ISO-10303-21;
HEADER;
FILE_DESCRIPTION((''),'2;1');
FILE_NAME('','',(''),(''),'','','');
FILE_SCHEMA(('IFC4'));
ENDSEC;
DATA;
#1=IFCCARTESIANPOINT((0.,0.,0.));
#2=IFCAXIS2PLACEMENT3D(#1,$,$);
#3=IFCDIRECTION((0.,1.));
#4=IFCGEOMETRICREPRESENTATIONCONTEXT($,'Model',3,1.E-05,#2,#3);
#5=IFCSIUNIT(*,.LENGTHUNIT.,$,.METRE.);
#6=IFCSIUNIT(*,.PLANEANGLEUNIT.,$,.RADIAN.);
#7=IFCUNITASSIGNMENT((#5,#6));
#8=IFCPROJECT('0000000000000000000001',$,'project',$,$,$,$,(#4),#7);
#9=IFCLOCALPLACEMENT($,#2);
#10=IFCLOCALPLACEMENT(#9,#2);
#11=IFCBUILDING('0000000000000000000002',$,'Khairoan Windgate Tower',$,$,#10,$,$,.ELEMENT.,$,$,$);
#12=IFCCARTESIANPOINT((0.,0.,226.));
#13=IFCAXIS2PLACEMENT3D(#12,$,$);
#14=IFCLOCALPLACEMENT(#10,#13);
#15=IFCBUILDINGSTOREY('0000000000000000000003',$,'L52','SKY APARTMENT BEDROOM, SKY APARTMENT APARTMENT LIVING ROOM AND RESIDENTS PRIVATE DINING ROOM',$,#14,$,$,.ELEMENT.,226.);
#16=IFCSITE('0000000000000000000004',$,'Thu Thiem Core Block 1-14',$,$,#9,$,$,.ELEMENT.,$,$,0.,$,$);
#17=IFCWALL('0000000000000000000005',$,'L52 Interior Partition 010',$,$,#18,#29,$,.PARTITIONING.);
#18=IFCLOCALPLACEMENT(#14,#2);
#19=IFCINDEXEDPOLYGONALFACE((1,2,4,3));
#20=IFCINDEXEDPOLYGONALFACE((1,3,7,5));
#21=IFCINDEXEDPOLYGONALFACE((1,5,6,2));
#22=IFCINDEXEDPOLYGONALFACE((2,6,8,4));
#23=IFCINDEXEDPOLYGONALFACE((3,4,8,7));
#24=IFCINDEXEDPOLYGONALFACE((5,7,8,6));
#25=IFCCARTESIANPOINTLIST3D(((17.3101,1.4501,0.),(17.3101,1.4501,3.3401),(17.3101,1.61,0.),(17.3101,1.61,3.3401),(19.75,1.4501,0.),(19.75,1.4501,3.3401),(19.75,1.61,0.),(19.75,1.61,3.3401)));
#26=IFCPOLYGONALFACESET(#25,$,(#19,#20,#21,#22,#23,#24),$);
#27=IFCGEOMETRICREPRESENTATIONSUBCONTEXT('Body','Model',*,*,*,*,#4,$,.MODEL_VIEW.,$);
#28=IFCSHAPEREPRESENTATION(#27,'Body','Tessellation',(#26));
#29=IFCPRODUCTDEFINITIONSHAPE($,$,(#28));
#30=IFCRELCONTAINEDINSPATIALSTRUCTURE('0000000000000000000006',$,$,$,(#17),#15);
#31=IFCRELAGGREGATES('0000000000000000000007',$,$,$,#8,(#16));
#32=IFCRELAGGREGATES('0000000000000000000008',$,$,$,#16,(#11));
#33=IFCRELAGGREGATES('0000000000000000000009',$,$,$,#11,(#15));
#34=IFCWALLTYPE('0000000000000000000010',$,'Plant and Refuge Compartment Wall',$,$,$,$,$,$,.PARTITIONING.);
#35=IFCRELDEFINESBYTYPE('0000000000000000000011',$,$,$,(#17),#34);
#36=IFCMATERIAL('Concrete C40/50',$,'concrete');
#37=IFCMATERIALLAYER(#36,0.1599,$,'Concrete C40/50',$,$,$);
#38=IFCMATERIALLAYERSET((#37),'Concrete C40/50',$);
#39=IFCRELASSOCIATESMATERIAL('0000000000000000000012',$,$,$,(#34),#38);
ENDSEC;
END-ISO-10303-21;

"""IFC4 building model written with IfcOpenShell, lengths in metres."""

from ifc_helpers import new_model, si_unit, direction, frame, frame_2d, origin, place, context, subcontext, project, spatial, rectangle, extrude, material, layer, layer_set, type_object, element, save


model = new_model("IFC4")

# Units and contexts
model_context = context("Model", 3, precision=1e-05, world=origin(), true_north=direction((0.0, 1.0)))
body_context = subcontext(model_context, "Body", "Model", "MODEL_VIEW")
ifc_project = project(units=[si_unit("LENGTHUNIT", "METRE"), si_unit("PLANEANGLEUNIT", "RADIAN")], contexts=[model_context])

# Site, building, storey
site_placement = place(None, origin())
site = spatial("IfcSite", under=ifc_project, at=site_placement, Name="Thu Thiem Core Block 1-14", CompositionType="ELEMENT", RefElevation=0.0)
building_placement = place(site_placement, origin())
building = spatial("IfcBuilding", under=site, at=building_placement, Name="Khairoan Windgate Tower", CompositionType="ELEMENT")
storey_placement = place(building_placement, frame((0.0, 0.0, 226.0)))
storey = spatial("IfcBuildingStorey", under=building, at=storey_placement, Name="L52", Description="SKY APARTMENT BEDROOM, SKY APARTMENT APARTMENT LIVING ROOM AND RESIDENTS PRIVATE DINING ROOM", CompositionType="ELEMENT", Elevation=226.0)

# Shared definitions
ifc_material_1 = material(Name="Concrete C40/50", Category="concrete")
ifc_layer_1 = layer(ifc_material_1, 0.1599, Name="Concrete C40/50")
ifc_layer_set_1 = layer_set([ifc_layer_1], Name="Concrete C40/50")
wall_type_1 = type_object("IfcWallType", Name="Plant and Refuge Compartment Wall", PredefinedType="PARTITIONING", material=ifc_layer_set_1)

# Wall
for number, where, z_axis, x_axis, name in (
    (1, (17.3101, 1.53, 0.0), (0.0, 0.0, 1.0), (1.0, 0.0, 0.0), "L52 Interior Partition 010"),
):
    element("IfcWall", number, at=place(storey_placement, frame(where, z_axis=z_axis, x_axis=x_axis)), inside=storey, type_object=wall_type_1, Name=name, PredefinedType="PARTITIONING", context=body_context, shape_type="SweptSolid", body=[
        extrude(rectangle(XDim=2.4399, YDim=0.1599, at=frame_2d((1.22, 0.0))), origin(), (0.0, 0.0, 1.0), 3.3401),
    ])

save(model, "model.ifc")
